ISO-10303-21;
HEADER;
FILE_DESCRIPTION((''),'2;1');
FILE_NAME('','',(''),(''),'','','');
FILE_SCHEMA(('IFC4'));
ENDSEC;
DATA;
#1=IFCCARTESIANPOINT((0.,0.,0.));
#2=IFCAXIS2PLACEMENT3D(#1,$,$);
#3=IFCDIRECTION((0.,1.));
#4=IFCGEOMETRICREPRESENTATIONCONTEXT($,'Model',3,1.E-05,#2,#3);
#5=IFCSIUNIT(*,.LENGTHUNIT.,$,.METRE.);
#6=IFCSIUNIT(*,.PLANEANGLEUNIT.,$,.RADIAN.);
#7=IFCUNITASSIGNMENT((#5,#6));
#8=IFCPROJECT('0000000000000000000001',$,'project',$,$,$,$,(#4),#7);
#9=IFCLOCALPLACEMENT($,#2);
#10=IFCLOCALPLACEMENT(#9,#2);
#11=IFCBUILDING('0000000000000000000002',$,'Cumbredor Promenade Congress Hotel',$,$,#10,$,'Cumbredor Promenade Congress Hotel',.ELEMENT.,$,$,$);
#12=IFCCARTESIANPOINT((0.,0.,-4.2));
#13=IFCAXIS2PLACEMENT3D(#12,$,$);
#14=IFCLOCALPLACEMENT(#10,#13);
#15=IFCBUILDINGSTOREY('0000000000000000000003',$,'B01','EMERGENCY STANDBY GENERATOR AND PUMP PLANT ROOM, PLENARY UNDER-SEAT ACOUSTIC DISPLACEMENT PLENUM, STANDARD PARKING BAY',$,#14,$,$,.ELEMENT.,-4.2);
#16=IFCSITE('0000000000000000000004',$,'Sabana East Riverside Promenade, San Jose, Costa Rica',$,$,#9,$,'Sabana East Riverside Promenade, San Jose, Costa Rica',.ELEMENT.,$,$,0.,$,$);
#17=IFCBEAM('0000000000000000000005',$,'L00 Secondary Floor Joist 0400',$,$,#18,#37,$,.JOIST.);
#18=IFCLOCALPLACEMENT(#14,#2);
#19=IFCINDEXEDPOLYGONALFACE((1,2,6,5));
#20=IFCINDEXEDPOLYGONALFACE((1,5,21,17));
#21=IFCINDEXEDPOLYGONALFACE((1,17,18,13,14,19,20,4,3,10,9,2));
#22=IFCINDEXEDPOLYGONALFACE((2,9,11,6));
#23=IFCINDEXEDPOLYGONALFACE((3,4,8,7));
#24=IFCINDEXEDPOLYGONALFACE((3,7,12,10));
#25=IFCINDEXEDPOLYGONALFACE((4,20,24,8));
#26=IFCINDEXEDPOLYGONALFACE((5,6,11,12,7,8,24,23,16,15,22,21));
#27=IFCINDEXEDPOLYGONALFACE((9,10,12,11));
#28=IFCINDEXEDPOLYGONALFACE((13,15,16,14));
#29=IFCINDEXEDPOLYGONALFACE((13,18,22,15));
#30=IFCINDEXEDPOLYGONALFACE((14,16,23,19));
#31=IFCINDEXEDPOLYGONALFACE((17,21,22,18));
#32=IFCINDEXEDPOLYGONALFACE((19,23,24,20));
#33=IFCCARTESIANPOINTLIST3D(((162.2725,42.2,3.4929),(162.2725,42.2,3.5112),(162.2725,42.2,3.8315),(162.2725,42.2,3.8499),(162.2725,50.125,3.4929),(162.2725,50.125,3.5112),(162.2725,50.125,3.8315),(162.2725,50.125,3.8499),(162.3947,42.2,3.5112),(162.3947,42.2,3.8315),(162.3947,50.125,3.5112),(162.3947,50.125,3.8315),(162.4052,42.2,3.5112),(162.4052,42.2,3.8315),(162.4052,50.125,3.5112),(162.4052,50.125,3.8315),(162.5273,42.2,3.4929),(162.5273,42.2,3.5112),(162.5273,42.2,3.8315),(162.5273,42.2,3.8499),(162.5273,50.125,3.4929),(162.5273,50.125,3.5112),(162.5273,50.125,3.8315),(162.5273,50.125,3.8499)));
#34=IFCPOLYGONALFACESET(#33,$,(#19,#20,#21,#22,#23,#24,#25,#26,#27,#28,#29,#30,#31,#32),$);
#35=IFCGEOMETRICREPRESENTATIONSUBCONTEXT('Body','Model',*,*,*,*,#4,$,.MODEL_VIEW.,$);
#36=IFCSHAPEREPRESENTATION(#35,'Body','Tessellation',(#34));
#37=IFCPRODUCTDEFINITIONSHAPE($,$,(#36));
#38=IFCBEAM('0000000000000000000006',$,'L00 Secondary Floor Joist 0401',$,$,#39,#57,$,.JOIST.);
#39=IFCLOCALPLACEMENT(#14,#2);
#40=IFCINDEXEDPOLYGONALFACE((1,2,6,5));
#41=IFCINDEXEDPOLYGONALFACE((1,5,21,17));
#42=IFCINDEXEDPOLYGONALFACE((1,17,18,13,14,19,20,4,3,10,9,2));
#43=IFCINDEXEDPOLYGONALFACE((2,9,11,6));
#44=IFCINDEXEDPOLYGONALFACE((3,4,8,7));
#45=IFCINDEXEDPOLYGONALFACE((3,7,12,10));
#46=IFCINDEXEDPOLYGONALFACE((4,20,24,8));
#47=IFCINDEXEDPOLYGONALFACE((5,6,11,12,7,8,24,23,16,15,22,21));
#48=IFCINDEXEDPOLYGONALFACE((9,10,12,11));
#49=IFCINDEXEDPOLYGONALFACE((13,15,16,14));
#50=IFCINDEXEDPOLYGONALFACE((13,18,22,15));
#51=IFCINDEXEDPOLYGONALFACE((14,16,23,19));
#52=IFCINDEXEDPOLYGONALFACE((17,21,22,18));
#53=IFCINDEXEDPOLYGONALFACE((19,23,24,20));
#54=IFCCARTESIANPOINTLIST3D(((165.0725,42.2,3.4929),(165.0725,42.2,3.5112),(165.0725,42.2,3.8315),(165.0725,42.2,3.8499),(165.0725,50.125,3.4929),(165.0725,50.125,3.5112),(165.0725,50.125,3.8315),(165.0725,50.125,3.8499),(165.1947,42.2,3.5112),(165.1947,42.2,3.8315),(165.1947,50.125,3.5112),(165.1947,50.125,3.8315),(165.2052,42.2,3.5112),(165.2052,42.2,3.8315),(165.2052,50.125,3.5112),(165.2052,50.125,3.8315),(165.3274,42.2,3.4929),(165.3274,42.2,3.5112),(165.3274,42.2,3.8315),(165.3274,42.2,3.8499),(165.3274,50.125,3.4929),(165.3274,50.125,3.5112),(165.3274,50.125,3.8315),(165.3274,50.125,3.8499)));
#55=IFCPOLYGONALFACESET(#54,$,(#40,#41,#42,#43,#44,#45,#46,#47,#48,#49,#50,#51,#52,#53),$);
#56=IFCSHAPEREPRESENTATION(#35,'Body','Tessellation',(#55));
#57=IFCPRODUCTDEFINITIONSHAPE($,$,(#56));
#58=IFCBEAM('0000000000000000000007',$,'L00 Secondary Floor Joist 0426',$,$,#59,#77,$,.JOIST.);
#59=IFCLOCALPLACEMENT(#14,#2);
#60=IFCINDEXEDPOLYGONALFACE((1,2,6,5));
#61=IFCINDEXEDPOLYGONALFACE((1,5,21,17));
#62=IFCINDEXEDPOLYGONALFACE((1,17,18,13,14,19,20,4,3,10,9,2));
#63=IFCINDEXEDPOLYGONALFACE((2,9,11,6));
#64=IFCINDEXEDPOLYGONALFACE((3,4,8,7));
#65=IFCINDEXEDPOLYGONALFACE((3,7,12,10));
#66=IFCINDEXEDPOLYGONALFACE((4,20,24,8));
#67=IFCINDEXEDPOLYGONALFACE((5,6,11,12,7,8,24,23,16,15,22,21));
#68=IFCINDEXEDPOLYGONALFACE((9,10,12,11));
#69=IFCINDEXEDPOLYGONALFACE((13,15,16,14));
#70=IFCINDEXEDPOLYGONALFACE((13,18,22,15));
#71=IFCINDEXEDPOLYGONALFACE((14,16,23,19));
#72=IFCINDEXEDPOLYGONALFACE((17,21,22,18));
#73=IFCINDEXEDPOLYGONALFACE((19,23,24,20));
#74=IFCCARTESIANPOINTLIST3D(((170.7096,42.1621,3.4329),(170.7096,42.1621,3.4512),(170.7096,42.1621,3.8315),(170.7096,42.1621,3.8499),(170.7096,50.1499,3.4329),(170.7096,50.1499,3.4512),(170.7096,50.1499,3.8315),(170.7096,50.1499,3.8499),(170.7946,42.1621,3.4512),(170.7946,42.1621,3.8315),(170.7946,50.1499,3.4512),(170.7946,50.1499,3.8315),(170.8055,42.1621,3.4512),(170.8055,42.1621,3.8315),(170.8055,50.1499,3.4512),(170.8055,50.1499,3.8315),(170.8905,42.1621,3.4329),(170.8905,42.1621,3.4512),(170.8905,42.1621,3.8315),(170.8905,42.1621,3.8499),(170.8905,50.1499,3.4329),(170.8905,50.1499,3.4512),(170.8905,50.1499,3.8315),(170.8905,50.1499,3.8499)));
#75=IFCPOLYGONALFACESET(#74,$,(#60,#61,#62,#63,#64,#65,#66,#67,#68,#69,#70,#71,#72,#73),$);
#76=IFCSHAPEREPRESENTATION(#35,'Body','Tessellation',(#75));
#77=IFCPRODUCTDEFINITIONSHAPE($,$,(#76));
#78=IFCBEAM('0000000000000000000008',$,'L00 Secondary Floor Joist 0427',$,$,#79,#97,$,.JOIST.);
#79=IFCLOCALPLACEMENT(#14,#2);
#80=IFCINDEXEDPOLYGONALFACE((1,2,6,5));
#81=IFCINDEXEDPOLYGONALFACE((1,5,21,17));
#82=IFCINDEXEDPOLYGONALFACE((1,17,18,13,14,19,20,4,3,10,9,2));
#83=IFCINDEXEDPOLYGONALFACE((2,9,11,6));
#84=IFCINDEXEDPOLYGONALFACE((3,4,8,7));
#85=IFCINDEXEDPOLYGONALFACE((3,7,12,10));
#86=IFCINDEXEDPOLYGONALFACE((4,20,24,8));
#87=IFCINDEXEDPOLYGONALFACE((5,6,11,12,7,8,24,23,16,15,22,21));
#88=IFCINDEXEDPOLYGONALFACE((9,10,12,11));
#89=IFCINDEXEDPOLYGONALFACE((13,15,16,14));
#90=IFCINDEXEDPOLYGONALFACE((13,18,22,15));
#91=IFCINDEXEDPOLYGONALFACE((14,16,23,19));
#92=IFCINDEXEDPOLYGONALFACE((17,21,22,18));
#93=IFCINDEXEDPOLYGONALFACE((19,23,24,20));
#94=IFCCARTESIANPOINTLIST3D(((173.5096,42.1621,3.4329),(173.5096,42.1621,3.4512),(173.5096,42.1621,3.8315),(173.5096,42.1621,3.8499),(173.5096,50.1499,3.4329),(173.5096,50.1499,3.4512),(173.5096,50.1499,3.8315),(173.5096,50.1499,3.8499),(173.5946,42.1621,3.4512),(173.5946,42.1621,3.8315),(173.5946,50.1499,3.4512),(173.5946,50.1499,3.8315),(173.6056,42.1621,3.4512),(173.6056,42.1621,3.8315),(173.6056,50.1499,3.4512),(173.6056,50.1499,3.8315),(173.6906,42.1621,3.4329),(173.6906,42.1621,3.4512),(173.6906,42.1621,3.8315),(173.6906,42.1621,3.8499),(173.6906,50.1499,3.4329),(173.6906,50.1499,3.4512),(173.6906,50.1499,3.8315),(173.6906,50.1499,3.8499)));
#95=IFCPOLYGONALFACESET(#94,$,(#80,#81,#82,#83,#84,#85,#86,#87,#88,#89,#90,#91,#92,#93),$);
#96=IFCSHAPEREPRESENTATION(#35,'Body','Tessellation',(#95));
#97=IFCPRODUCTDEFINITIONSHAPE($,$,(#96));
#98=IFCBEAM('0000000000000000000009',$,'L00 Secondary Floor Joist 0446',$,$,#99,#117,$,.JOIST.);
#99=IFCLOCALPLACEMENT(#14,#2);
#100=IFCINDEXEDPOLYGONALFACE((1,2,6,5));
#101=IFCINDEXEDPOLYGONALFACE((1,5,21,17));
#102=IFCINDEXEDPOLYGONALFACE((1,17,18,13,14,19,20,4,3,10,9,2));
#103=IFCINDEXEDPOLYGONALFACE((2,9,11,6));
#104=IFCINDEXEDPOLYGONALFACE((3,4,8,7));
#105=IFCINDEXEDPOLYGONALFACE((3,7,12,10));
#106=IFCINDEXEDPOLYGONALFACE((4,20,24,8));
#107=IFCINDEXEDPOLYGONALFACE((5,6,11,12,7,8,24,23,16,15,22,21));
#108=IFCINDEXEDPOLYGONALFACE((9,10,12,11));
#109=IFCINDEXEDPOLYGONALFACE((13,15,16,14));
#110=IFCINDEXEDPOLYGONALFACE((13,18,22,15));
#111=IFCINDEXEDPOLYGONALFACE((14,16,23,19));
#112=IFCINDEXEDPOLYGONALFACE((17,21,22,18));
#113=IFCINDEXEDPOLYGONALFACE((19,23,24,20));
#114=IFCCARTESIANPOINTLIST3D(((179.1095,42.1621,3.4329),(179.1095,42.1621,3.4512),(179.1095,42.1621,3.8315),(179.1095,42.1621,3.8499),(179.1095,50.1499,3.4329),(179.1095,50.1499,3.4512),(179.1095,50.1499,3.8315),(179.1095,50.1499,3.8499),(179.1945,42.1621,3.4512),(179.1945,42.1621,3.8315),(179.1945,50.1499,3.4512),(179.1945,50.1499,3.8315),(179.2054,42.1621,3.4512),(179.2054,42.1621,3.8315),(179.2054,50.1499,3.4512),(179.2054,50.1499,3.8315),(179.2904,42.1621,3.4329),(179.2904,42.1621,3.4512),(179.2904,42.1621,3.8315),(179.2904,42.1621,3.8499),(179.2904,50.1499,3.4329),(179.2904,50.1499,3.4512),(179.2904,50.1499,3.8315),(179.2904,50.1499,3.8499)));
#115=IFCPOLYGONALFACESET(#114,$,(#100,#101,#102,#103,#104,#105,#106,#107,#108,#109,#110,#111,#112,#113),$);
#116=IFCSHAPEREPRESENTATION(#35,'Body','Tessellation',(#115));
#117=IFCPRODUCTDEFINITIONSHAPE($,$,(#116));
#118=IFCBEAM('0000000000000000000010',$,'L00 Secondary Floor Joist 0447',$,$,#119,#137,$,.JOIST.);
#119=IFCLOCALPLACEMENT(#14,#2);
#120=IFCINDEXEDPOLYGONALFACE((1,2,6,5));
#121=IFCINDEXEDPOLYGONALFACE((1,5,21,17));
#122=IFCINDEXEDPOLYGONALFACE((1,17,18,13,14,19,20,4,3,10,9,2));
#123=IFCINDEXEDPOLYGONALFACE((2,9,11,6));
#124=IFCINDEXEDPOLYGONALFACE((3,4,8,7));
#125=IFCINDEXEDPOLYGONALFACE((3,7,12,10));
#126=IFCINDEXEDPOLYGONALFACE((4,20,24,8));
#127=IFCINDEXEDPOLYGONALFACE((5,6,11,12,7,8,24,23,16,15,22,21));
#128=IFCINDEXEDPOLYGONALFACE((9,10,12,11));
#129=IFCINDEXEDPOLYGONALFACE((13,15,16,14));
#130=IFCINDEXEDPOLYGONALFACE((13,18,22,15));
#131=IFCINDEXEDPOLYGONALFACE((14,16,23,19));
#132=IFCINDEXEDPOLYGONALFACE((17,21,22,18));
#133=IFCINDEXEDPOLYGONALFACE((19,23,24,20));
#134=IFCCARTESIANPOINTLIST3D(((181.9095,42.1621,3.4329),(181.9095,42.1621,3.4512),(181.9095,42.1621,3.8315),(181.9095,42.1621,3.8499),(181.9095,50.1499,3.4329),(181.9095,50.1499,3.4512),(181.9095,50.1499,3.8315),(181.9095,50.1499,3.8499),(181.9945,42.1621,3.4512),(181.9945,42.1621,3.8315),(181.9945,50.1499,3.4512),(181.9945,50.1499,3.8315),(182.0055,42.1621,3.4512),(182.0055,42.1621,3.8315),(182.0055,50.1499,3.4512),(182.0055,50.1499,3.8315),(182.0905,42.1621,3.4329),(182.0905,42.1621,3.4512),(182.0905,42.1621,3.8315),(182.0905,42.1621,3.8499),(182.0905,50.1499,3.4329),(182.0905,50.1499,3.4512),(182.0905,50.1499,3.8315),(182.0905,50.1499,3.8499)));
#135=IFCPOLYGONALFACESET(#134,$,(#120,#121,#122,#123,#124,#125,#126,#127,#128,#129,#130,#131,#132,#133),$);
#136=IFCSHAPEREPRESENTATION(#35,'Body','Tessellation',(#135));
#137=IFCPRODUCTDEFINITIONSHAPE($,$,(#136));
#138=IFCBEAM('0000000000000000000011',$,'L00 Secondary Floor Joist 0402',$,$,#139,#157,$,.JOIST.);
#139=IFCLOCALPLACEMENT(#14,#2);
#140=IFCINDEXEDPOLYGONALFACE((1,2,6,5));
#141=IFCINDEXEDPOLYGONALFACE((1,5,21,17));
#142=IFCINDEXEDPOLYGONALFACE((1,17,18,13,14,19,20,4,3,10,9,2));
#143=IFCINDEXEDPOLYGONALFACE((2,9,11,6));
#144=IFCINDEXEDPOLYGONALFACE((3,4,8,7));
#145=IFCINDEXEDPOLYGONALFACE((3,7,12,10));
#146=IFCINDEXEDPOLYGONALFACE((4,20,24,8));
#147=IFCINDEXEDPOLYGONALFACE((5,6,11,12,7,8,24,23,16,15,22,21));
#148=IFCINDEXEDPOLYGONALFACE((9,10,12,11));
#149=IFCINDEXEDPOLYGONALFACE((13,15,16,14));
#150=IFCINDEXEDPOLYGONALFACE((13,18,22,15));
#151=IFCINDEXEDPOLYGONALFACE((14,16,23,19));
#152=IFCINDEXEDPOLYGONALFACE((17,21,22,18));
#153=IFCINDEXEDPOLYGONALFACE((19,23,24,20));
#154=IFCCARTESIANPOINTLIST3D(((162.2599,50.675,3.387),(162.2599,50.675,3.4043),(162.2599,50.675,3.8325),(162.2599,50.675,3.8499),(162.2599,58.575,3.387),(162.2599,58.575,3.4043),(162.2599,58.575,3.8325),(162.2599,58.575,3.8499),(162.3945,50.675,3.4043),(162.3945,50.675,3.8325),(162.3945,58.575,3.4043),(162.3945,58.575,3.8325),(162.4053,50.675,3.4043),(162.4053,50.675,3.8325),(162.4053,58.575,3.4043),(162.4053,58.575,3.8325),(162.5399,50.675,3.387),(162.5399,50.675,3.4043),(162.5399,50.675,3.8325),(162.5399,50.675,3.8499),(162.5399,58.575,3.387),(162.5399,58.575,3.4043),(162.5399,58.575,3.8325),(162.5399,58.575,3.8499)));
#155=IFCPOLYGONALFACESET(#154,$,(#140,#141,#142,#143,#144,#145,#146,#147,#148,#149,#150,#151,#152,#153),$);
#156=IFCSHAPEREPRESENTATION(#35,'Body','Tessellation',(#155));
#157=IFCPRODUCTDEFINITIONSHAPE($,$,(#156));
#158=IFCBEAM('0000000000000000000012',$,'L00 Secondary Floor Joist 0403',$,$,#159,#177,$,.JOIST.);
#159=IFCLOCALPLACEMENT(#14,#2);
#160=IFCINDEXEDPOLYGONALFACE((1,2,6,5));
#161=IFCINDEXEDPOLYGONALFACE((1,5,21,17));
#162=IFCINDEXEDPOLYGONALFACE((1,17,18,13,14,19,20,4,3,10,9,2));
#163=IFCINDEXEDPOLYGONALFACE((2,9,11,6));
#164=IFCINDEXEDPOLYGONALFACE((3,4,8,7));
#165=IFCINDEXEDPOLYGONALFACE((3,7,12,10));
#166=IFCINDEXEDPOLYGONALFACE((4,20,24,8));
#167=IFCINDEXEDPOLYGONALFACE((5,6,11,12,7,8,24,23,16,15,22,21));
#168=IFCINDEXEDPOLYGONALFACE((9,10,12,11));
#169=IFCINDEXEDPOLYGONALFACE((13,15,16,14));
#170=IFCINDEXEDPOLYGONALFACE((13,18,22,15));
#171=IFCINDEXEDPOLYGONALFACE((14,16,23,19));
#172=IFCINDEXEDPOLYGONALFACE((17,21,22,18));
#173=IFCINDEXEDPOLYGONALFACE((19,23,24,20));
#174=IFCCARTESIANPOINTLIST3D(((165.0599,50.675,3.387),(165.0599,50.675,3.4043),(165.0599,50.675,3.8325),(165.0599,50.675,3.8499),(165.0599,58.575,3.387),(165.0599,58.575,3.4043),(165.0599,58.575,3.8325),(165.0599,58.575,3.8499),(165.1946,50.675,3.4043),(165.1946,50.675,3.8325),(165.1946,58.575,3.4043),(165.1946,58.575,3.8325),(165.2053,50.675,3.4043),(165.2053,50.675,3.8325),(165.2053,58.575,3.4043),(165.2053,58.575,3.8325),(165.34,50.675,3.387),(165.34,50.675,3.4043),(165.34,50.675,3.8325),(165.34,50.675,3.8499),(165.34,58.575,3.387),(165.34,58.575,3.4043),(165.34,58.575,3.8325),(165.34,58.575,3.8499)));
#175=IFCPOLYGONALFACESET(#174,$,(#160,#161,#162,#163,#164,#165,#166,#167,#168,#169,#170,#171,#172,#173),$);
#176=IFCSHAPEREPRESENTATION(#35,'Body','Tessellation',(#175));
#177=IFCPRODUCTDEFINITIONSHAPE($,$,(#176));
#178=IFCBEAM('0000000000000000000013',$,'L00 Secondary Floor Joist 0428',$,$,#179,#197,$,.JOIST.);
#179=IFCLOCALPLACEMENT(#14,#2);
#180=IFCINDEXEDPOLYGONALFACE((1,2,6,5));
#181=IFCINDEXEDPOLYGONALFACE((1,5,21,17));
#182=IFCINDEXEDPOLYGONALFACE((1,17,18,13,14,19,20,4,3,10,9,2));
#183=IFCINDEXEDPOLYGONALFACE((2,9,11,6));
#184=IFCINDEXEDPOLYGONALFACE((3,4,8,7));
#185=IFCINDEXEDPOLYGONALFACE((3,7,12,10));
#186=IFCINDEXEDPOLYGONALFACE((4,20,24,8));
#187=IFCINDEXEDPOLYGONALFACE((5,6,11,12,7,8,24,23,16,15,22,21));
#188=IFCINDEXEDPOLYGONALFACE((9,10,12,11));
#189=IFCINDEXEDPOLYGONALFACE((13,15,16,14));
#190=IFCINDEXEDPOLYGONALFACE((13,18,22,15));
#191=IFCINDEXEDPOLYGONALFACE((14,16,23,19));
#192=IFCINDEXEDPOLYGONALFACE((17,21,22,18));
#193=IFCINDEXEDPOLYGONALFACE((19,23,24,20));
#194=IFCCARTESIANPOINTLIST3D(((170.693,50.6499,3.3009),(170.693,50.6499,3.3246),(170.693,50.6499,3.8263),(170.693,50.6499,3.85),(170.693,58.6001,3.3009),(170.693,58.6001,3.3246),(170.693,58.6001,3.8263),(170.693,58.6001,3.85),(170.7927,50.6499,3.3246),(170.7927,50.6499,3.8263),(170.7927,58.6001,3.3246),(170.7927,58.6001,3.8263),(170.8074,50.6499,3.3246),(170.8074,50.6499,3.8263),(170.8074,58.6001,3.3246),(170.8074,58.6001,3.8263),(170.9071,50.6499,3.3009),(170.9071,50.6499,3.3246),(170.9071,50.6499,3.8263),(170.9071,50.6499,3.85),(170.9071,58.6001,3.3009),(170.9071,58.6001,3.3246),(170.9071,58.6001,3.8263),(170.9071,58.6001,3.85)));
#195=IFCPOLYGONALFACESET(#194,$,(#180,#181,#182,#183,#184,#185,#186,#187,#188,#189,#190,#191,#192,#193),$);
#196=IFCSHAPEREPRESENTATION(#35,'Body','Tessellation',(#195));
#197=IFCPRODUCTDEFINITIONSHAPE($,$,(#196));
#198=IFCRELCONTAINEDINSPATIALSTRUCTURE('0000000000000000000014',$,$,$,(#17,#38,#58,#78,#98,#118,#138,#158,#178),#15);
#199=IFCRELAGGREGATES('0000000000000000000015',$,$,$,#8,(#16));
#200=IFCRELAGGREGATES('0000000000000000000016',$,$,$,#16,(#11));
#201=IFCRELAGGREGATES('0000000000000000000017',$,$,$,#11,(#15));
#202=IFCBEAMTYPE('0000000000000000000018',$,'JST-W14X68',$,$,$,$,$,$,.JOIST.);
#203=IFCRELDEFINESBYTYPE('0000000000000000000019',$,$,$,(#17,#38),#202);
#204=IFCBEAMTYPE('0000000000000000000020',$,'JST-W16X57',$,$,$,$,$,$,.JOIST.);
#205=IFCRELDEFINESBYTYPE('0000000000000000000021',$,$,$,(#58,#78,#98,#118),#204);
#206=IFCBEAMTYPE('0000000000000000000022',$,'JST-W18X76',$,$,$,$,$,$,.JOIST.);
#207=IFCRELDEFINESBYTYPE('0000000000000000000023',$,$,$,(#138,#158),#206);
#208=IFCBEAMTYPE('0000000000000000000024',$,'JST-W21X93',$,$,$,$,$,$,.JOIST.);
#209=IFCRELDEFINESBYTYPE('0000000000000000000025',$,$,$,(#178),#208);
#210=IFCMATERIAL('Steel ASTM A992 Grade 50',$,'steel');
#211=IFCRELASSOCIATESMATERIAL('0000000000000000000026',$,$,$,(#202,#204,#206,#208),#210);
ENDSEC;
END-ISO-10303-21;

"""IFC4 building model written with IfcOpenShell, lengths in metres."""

from ifc_helpers import new_model, si_unit, direction, frame, origin, origin_2d, place, context, subcontext, project, spatial, i_section, extrude, material, material_profile, profile_set, type_object, element, save


model = new_model("IFC4")

# Units and contexts
model_context = context("Model", 3, precision=1e-05, world=origin(), true_north=direction((0.0, 1.0)))
body_context = subcontext(model_context, "Body", "Model", "MODEL_VIEW")
ifc_project = project(units=[si_unit("LENGTHUNIT", "METRE"), si_unit("PLANEANGLEUNIT", "RADIAN")], contexts=[model_context])

# Site, building, storey
site_placement = place(None, origin())
site = spatial("IfcSite", under=ifc_project, at=site_placement, Name="Sabana East Riverside Promenade, San Jose, Costa Rica", LongName="Sabana East Riverside Promenade, San Jose, Costa Rica", CompositionType="ELEMENT", RefElevation=0.0)
building_placement = place(site_placement, origin())
building = spatial("IfcBuilding", under=site, at=building_placement, Name="Cumbredor Promenade Congress Hotel", LongName="Cumbredor Promenade Congress Hotel", CompositionType="ELEMENT")
storey_placement = place(building_placement, frame((0.0, 0.0, -4.2)))
storey = spatial("IfcBuildingStorey", under=building, at=storey_placement, Name="B01", Description="EMERGENCY STANDBY GENERATOR AND PUMP PLANT ROOM, PLENARY UNDER-SEAT ACOUSTIC DISPLACEMENT PLENUM, STANDARD PARKING BAY", CompositionType="ELEMENT", Elevation=-4.2)

# Beams
ifc_material_1 = material(Name="Steel ASTM A992 Grade 50", Category="steel")
ifc_material_profile_1 = material_profile(ifc_material_1, i_section(OverallWidth=0.2549, OverallDepth=0.3569, WebThickness=0.0105, FlangeThickness=0.0183, at=origin_2d()), Name="W14X68")
ifc_profile_set_1 = profile_set([ifc_material_profile_1], Name="Steel ASTM A992 Grade 50")
beam_type_1 = type_object("IfcBeamType", Name="JST-W14X68", PredefinedType="JOIST", material=ifc_profile_set_1)
for number, where, z_axis, x_axis, name in (
    (1, (162.3999, 42.2, 3.6714), (0.0, 1.0, 0.0), (-1.0, 0.0, 0.0), "L00 Secondary Floor Joist 0400"),
    (2, (165.2, 42.2, 3.6714), (0.0, 1.0, 0.0), (-1.0, 0.0, 0.0), "L00 Secondary Floor Joist 0401"),
):
    element("IfcBeam", number, at=place(storey_placement, frame(where, z_axis=z_axis, x_axis=x_axis)), inside=storey, type_object=beam_type_1, Name=name, PredefinedType="JOIST", context=body_context, shape_type="SweptSolid", body=[
        extrude(i_section(OverallWidth=0.2549, OverallDepth=0.3569, WebThickness=0.0105, FlangeThickness=0.0183, at=origin_2d()), origin(), (0.0, 0.0, 1.0), 7.925),
    ])
ifc_material_profile_2 = material_profile(ifc_material_1, i_section(OverallWidth=0.1809, OverallDepth=0.417, WebThickness=0.011, FlangeThickness=0.0183, at=origin_2d()), Name="W16X57")
ifc_profile_set_2 = profile_set([ifc_material_profile_2], Name="Steel ASTM A992 Grade 50")
beam_type_2 = type_object("IfcBeamType", Name="JST-W16X57", PredefinedType="JOIST", material=ifc_profile_set_2)
for number, where, z_axis, x_axis, name in (
    (3, (170.8, 42.1621, 3.6414), (0.0, 1.0, 0.0), (-1.0, 0.0, 0.0), "L00 Secondary Floor Joist 0426"),
    (4, (173.6001, 42.1621, 3.6414), (0.0, 1.0, 0.0), (-1.0, 0.0, 0.0), "L00 Secondary Floor Joist 0427"),
    (5, (179.2, 42.1621, 3.6414), (0.0, 1.0, 0.0), (-1.0, 0.0, 0.0), "L00 Secondary Floor Joist 0446"),
    (6, (182.0, 42.1621, 3.6414), (0.0, 1.0, 0.0), (-1.0, 0.0, 0.0), "L00 Secondary Floor Joist 0447"),
):
    element("IfcBeam", number, at=place(storey_placement, frame(where, z_axis=z_axis, x_axis=x_axis)), inside=storey, type_object=beam_type_2, Name=name, PredefinedType="JOIST", context=body_context, shape_type="SweptSolid", body=[
        extrude(i_section(OverallWidth=0.1809, OverallDepth=0.417, WebThickness=0.011, FlangeThickness=0.0183, at=origin_2d()), origin(), (0.0, 0.0, 1.0), 7.9878),
    ])
ifc_material_profile_3 = material_profile(ifc_material_1, i_section(OverallWidth=0.28, OverallDepth=0.4629, WebThickness=0.0107, FlangeThickness=0.0173, at=origin_2d()), Name="W18X76")
ifc_profile_set_3 = profile_set([ifc_material_profile_3], Name="Steel ASTM A992 Grade 50")
beam_type_3 = type_object("IfcBeamType", Name="JST-W18X76", PredefinedType="JOIST", material=ifc_profile_set_3)
for number, where, z_axis, x_axis, name in (
    (7, (162.3999, 50.675, 3.6184), (0.0, 1.0, 0.0), (-1.0, 0.0, 0.0), "L00 Secondary Floor Joist 0402"),
    (8, (165.2, 50.675, 3.6184), (0.0, 1.0, 0.0), (-1.0, 0.0, 0.0), "L00 Secondary Floor Joist 0403"),
):
    element("IfcBeam", number, at=place(storey_placement, frame(where, z_axis=z_axis, x_axis=x_axis)), inside=storey, type_object=beam_type_3, Name=name, PredefinedType="JOIST", context=body_context, shape_type="SweptSolid", body=[
        extrude(i_section(OverallWidth=0.28, OverallDepth=0.4629, WebThickness=0.0107, FlangeThickness=0.0173, at=origin_2d()), origin(), (0.0, 0.0, 1.0), 7.8999),
    ])
ifc_material_profile_4 = material_profile(ifc_material_1, i_section(OverallWidth=0.2141, OverallDepth=0.5491, WebThickness=0.0146, FlangeThickness=0.0237, at=origin_2d()), Name="W21X93")
ifc_profile_set_4 = profile_set([ifc_material_profile_4], Name="Steel ASTM A992 Grade 50")
beam_type_4 = type_object("IfcBeamType", Name="JST-W21X93", PredefinedType="JOIST", material=ifc_profile_set_4)
for number, where, z_axis, x_axis, name in (
    (9, (170.8, 50.6499, 3.5754), (0.0, 1.0, 0.0), (-1.0, 0.0, 0.0), "L00 Secondary Floor Joist 0428"),
):
    element("IfcBeam", number, at=place(storey_placement, frame(where, z_axis=z_axis, x_axis=x_axis)), inside=storey, type_object=beam_type_4, Name=name, PredefinedType="JOIST", context=body_context, shape_type="SweptSolid", body=[
        extrude(i_section(OverallWidth=0.2141, OverallDepth=0.5491, WebThickness=0.0146, FlangeThickness=0.0237, at=origin_2d()), origin(), (0.0, 0.0, 1.0), 7.9502),
    ])

save(model, "model.ifc")
